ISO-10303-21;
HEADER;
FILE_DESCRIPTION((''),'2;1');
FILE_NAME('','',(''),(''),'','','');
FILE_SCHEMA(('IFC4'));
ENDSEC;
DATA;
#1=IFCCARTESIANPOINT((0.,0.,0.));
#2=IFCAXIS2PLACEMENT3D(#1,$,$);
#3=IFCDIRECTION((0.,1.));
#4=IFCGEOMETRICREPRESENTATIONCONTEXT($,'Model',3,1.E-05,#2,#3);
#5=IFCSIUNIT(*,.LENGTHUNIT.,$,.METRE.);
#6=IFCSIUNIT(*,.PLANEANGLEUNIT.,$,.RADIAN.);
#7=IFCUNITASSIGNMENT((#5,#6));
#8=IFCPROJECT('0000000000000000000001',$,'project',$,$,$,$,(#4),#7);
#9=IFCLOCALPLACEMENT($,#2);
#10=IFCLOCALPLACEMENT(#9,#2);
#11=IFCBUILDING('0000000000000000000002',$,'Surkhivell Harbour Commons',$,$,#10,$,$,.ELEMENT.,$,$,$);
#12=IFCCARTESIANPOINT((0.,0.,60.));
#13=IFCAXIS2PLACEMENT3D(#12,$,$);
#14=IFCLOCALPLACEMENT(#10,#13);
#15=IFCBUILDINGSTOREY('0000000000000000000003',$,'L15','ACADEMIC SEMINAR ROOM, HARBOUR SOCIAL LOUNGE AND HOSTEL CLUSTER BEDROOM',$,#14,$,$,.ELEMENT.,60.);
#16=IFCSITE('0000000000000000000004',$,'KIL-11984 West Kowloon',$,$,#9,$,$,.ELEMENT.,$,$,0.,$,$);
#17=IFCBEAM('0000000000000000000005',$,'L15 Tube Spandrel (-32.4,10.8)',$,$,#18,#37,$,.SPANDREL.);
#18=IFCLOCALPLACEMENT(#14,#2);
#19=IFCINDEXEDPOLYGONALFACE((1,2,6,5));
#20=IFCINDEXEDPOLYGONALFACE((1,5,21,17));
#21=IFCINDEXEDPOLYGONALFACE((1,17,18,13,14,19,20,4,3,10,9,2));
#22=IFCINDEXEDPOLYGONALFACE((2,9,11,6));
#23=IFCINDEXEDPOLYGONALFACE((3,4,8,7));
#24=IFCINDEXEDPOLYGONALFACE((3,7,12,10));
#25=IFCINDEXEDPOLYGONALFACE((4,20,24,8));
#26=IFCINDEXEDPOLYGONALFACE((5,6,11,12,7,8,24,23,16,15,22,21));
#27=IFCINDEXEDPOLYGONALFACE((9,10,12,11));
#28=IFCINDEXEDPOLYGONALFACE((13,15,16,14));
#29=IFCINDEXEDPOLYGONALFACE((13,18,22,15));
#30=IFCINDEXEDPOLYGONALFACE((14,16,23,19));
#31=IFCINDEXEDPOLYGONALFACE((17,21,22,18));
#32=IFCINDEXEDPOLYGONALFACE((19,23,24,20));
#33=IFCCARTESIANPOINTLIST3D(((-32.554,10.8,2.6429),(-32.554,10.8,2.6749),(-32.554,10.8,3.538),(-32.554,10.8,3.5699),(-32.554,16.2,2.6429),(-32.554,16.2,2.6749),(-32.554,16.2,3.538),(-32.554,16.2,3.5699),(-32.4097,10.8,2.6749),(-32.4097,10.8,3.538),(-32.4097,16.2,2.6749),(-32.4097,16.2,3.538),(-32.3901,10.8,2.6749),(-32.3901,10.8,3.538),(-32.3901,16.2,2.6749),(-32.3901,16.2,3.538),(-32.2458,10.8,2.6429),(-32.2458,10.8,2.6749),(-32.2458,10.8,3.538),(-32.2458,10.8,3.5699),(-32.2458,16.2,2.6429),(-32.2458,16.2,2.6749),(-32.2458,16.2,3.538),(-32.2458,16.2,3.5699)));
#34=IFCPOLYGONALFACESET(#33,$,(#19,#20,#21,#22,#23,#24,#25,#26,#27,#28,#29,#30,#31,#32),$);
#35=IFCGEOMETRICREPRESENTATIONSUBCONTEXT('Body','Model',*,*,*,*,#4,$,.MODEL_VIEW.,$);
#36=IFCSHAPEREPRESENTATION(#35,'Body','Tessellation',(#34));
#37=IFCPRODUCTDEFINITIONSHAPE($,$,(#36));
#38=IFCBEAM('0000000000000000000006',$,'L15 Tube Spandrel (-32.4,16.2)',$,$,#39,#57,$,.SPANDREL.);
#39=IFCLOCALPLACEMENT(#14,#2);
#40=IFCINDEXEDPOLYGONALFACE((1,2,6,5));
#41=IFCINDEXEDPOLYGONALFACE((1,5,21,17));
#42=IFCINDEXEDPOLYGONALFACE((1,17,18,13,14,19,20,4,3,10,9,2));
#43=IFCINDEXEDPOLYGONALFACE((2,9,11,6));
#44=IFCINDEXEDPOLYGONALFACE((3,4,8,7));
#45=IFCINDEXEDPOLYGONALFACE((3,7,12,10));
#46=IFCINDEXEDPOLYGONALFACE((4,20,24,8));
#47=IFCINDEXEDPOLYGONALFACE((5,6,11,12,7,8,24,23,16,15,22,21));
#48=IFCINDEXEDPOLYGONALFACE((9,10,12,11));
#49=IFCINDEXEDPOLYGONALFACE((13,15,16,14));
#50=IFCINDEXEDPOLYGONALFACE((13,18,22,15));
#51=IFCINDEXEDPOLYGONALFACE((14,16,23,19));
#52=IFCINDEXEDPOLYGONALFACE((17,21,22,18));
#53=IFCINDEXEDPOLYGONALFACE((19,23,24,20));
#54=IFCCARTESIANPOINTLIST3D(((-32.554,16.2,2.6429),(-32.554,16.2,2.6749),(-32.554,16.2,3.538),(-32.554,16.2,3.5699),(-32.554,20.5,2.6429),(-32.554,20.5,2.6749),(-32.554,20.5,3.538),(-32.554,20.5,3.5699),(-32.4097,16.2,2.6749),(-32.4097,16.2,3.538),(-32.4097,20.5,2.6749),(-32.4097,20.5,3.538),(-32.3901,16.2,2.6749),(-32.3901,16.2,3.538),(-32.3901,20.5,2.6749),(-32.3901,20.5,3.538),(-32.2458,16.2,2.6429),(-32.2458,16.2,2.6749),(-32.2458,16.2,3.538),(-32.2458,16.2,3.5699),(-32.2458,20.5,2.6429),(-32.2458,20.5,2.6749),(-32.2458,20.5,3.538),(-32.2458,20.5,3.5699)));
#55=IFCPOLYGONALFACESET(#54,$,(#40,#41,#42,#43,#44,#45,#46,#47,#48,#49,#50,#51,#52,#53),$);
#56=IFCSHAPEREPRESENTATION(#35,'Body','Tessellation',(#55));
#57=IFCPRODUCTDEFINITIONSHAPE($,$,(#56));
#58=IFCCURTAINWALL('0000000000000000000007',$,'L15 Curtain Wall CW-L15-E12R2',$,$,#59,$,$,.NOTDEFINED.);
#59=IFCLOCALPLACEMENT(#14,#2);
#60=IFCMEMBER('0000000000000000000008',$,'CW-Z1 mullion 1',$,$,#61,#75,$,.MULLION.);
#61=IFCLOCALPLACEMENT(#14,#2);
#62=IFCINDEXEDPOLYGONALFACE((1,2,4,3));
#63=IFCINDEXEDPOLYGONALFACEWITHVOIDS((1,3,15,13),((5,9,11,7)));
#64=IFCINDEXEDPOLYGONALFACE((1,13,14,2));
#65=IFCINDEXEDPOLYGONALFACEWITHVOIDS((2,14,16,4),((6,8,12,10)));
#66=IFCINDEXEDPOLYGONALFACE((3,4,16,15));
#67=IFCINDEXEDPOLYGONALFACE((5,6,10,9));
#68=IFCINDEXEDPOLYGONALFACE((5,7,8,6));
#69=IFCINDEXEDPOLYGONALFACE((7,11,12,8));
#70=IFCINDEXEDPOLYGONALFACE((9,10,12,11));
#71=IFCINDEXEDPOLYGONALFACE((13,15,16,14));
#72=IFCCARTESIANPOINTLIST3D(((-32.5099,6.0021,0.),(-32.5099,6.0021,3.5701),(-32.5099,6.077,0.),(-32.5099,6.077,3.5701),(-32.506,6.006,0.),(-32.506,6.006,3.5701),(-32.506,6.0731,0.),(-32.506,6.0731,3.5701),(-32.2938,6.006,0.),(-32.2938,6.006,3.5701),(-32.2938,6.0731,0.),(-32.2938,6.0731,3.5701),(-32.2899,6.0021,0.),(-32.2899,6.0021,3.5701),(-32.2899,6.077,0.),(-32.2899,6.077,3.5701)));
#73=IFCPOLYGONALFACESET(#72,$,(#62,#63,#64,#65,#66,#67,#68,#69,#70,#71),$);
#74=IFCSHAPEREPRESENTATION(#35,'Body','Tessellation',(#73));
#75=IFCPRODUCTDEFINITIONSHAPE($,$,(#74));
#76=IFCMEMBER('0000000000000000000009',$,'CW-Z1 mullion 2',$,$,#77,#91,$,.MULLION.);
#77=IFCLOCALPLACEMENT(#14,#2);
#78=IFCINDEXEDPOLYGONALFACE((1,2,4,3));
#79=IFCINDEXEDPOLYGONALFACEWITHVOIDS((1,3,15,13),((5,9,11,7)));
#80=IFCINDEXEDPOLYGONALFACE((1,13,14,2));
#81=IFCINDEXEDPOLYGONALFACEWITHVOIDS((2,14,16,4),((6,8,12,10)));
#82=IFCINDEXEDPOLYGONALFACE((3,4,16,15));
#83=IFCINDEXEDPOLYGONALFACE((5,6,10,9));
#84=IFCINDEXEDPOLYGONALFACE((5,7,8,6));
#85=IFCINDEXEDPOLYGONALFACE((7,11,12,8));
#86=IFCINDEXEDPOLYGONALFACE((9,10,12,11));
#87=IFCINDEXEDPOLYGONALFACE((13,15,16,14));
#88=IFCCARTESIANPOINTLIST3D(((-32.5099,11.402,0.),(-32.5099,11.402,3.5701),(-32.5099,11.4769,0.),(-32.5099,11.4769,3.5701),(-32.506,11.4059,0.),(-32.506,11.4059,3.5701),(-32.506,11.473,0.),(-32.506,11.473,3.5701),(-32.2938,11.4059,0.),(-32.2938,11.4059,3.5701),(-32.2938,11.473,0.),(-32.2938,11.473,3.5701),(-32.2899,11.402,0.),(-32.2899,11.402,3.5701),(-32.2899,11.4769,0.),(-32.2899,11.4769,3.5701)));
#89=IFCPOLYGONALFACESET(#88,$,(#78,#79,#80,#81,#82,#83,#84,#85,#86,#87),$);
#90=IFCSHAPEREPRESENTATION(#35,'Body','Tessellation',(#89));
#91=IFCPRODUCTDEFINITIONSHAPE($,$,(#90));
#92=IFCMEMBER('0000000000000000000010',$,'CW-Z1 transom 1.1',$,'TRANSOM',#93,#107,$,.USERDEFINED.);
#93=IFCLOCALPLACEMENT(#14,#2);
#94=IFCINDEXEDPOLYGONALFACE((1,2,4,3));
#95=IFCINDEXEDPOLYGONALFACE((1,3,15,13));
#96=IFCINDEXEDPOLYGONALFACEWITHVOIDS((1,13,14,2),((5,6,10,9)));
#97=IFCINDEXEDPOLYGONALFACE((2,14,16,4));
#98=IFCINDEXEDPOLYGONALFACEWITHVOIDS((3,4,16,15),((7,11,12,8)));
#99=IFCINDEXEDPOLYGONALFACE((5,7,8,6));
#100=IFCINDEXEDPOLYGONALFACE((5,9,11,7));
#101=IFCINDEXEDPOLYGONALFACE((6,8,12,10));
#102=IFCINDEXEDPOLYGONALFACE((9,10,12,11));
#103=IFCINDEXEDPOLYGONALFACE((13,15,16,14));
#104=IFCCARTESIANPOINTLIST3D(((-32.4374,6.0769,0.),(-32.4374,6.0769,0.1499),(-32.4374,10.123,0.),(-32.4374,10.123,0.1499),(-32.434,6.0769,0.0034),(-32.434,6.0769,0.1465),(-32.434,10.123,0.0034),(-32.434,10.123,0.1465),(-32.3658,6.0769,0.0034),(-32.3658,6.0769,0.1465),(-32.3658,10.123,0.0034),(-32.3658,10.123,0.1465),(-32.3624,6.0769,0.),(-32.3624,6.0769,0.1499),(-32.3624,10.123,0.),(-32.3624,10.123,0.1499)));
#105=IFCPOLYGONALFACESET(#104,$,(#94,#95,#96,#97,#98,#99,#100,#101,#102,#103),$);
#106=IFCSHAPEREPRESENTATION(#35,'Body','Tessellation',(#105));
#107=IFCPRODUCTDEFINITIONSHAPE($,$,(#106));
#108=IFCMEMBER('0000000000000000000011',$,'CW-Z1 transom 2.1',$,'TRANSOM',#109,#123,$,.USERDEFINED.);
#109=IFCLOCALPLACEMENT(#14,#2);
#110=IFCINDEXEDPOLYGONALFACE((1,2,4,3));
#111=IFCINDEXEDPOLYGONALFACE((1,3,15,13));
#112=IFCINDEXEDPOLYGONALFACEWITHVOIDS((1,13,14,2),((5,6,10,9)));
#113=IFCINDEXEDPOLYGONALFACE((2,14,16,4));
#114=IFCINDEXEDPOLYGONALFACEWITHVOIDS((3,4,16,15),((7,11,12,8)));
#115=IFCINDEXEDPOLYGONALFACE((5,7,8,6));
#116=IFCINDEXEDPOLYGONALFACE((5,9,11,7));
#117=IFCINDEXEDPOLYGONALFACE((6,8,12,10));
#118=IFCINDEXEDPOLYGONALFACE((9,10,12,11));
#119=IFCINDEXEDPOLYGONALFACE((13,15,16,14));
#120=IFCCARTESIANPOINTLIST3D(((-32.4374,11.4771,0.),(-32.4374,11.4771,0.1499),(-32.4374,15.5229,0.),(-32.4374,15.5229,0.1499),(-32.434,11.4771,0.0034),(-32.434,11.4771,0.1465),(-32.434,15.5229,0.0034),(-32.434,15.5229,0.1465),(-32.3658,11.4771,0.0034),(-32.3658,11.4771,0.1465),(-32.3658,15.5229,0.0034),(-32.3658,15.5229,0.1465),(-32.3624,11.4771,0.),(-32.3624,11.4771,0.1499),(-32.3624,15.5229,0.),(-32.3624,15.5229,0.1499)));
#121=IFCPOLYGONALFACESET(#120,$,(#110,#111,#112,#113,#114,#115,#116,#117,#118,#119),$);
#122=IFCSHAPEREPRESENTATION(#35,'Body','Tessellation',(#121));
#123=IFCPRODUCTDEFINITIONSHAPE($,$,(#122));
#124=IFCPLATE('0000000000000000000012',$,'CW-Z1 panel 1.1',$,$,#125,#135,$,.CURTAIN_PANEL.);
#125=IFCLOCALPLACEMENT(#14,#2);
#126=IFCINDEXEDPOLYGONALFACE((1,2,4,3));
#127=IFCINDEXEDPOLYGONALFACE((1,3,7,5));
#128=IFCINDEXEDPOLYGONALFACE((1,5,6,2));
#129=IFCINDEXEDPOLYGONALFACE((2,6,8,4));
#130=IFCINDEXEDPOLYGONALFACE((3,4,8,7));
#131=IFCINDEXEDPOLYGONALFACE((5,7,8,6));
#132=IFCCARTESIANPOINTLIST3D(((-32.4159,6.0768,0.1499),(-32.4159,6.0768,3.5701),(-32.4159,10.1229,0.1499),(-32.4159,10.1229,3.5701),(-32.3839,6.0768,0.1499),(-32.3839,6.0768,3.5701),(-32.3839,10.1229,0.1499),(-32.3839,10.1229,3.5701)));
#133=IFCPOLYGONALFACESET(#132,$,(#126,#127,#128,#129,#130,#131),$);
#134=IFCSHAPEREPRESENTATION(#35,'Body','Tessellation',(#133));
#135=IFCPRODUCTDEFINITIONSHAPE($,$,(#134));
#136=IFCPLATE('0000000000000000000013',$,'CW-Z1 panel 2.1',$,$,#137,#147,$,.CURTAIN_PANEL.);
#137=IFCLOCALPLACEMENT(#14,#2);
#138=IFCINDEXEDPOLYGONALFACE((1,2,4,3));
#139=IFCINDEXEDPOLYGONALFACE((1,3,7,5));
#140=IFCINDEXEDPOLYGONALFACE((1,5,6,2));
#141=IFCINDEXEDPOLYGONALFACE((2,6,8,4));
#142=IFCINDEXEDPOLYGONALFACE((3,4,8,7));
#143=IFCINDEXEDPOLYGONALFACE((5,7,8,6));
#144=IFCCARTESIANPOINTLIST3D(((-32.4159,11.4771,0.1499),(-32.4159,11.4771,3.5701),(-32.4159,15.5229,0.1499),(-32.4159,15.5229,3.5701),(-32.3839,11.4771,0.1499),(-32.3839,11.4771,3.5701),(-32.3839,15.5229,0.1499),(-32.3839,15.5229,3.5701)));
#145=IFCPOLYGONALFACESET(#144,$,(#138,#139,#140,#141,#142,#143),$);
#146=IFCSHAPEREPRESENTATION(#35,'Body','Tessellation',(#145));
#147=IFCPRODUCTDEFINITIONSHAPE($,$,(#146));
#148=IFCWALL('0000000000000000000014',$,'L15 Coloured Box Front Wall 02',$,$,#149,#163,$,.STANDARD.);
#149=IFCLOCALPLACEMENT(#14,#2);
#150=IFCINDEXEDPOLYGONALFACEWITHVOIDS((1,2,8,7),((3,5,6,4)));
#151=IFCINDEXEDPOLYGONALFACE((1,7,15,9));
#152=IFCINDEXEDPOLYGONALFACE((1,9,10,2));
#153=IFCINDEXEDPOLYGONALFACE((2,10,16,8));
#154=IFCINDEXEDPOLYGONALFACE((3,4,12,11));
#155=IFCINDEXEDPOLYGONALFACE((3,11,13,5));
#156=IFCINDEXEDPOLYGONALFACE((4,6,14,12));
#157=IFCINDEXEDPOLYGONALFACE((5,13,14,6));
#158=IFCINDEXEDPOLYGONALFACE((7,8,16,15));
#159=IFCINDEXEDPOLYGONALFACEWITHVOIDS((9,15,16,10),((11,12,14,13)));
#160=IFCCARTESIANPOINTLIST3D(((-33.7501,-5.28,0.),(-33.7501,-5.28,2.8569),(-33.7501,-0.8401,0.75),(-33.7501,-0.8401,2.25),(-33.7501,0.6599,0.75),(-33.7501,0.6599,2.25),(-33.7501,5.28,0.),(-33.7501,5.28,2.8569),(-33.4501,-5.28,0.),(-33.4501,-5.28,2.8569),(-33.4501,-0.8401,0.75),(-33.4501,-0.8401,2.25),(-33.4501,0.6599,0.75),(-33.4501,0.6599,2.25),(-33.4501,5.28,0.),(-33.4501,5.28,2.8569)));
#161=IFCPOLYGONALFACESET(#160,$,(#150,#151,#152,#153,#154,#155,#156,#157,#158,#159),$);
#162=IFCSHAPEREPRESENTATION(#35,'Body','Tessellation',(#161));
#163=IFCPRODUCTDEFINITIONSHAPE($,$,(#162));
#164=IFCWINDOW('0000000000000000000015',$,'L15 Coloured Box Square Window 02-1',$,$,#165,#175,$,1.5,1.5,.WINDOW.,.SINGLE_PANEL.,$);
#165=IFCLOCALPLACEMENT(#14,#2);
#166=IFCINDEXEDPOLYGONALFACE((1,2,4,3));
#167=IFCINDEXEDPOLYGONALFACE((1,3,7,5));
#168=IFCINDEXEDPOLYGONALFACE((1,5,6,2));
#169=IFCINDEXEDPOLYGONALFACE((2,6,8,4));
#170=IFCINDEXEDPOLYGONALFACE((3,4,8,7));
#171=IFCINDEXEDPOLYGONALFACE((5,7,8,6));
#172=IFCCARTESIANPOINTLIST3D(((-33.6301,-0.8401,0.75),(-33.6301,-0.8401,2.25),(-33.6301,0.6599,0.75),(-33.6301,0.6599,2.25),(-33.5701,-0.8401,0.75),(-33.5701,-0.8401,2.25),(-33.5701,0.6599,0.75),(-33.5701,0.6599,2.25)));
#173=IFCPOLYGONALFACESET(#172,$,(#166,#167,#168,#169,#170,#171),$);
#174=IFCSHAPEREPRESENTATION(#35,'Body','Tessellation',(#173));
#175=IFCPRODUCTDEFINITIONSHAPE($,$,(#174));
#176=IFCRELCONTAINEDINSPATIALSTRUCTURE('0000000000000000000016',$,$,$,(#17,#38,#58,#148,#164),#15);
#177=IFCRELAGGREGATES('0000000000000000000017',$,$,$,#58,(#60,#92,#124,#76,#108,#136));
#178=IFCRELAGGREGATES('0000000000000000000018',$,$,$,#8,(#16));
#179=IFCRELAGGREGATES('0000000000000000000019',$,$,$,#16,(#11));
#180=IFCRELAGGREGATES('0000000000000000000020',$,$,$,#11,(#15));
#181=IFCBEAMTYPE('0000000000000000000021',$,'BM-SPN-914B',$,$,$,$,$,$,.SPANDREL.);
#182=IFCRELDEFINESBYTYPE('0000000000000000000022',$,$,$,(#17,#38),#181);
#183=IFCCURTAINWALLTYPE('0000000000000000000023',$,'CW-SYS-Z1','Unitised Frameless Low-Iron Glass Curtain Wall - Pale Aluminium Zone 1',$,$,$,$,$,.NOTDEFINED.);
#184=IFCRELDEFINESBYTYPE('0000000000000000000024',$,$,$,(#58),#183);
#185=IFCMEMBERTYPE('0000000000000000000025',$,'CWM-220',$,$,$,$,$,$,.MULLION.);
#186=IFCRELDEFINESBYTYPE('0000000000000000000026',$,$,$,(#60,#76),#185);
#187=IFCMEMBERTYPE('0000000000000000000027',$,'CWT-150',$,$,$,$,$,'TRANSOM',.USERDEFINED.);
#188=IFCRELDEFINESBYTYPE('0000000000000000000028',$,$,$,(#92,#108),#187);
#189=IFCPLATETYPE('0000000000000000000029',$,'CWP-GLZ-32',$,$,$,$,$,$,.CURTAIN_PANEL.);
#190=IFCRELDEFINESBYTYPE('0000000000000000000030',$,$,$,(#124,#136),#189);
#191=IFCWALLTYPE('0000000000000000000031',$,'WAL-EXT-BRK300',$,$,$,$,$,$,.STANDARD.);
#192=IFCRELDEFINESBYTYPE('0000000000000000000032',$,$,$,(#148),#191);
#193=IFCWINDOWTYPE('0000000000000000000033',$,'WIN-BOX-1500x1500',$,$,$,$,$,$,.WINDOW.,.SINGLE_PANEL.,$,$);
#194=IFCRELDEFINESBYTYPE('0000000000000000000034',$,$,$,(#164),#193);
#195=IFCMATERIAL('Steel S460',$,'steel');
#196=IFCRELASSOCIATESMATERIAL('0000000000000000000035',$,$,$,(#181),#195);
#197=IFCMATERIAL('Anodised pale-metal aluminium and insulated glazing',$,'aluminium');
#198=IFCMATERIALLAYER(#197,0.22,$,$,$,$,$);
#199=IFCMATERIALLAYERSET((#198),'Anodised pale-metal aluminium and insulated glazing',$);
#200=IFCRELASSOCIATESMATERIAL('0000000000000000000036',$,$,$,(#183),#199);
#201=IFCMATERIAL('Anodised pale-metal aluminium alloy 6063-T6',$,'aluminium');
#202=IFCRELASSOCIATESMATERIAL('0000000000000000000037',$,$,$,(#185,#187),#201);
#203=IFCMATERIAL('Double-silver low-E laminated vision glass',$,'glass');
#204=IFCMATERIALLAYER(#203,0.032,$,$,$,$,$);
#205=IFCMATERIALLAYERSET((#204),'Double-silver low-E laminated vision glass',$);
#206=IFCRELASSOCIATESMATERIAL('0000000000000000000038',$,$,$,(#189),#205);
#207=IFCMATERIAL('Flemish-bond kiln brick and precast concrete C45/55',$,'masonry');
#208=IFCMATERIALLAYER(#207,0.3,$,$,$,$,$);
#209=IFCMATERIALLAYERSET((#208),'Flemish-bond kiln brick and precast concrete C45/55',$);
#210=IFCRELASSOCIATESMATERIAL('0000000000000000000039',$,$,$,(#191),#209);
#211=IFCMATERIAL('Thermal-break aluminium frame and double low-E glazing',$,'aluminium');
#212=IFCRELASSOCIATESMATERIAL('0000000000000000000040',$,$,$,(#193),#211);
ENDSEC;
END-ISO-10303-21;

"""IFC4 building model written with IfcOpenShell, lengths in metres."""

from ifc_helpers import new_model, si_unit, direction, frame, frame_2d, origin, origin_2d, place, context, subcontext, project, spatial, rectangle, hollow_rectangle, i_section, extrude, material, layer, layer_set, material_profile, profile_set, type_object, element, fill, aggregate, save


model = new_model("IFC4")

# Units and contexts
model_context = context("Model", 3, precision=1e-05, world=origin(), true_north=direction((0.0, 1.0)))
body_context = subcontext(model_context, "Body", "Model", "MODEL_VIEW")
ifc_project = project(units=[si_unit("LENGTHUNIT", "METRE"), si_unit("PLANEANGLEUNIT", "RADIAN")], contexts=[model_context])

# Site, building, storey
site_placement = place(None, origin())
site = spatial("IfcSite", under=ifc_project, at=site_placement, Name="KIL-11984 West Kowloon", CompositionType="ELEMENT", RefElevation=0.0)
building_placement = place(site_placement, origin())
building = spatial("IfcBuilding", under=site, at=building_placement, Name="Surkhivell Harbour Commons", CompositionType="ELEMENT")
storey_placement = place(building_placement, frame((0.0, 0.0, 60.0)))
storey = spatial("IfcBuildingStorey", under=building, at=storey_placement, Name="L15", Description="ACADEMIC SEMINAR ROOM, HARBOUR SOCIAL LOUNGE AND HOSTEL CLUSTER BEDROOM", CompositionType="ELEMENT", Elevation=60.0)

# Beams
ifc_material_1 = material(Name="Steel S460", Category="steel")
ifc_material_profile_1 = material_profile(ifc_material_1, i_section(OverallWidth=0.3081, OverallDepth=0.927, WebThickness=0.0195, FlangeThickness=0.032, at=origin_2d()), Name="UB914x305x289")
ifc_profile_set_1 = profile_set([ifc_material_profile_1], Name="Steel S460")
beam_type_1 = type_object("IfcBeamType", Name="BM-SPN-914B", PredefinedType="SPANDREL", material=ifc_profile_set_1)
beam_1_placement = place(storey_placement, frame((-32.3999, 10.8, 3.1064), z_axis=(0.0, 1.0, 0.0), x_axis=(-1.0, 0.0, 0.0)))
element("IfcBeam", 1, at=beam_1_placement, inside=storey, type_object=beam_type_1, Name="L15 Tube Spandrel (-32.4,10.8)", PredefinedType="SPANDREL", context=body_context, shape_type="SweptSolid", body=[
    extrude(i_section(OverallWidth=0.3081, OverallDepth=0.927, WebThickness=0.0195, FlangeThickness=0.032, at=origin_2d()), origin(), (0.0, 0.0, 1.0), 5.3999),
])
beam_2_placement = place(storey_placement, frame((-32.3999, 16.2, 3.1064), z_axis=(0.0, 1.0, 0.0), x_axis=(-1.0, 0.0, 0.0)))
element("IfcBeam", 2, at=beam_2_placement, inside=storey, type_object=beam_type_1, Name="L15 Tube Spandrel (-32.4,16.2)", PredefinedType="SPANDREL", context=body_context, shape_type="SweptSolid", body=[
    extrude(i_section(OverallWidth=0.3081, OverallDepth=0.927, WebThickness=0.0195, FlangeThickness=0.032, at=origin_2d()), origin(), (0.0, 0.0, 1.0), 4.3),
])

# Curtain wall, members, plates
ifc_material_2 = material(Name="Anodised pale-metal aluminium and insulated glazing", Category="aluminium")
ifc_layer_1 = layer(ifc_material_2, 0.22)
ifc_layer_set_1 = layer_set([ifc_layer_1], Name="Anodised pale-metal aluminium and insulated glazing")
curtain_wall_type = type_object("IfcCurtainWallType", Name="CW-SYS-Z1", Description="Unitised Frameless Low-Iron Glass Curtain Wall - Pale Aluminium Zone 1", PredefinedType="NOTDEFINED", material=ifc_layer_set_1)
curtain_wall_placement = place(storey_placement, origin())
curtain_wall = element("IfcCurtainWall", 3, at=curtain_wall_placement, inside=storey, type_object=curtain_wall_type, Name="L15 Curtain Wall CW-L15-E12R2", PredefinedType="NOTDEFINED")
ifc_material_3 = material(Name="Anodised pale-metal aluminium alloy 6063-T6", Category="aluminium")
ifc_material_profile_2 = material_profile(ifc_material_3, hollow_rectangle(XDim=0.075, YDim=0.22, WallThickness=0.0039, at=origin_2d()), Name="ALU-MULL-75x220")
ifc_profile_set_2 = profile_set([ifc_material_profile_2], Name="Anodised pale-metal aluminium alloy 6063-T6")
member_type_1 = type_object("IfcMemberType", Name="CWM-220", PredefinedType="MULLION", material=ifc_profile_set_2)
member_1_placement = place(storey_placement, frame((-32.3999, 6.0396, 0.0), z_axis=(0.0, 0.0, 1.0), x_axis=(0.0, 1.0, 0.0)))
member_1 = element("IfcMember", 4, at=member_1_placement, type_object=member_type_1, Name="CW-Z1 mullion 1", PredefinedType="MULLION", context=body_context, shape_type="SweptSolid", body=[
    extrude(hollow_rectangle(XDim=0.075, YDim=0.22, WallThickness=0.0039, at=origin_2d()), origin(), (0.0, 0.0, 1.0), 3.5701),
])
member_2_placement = place(storey_placement, frame((-32.3999, 11.4395, 0.0), z_axis=(0.0, 0.0, 1.0), x_axis=(0.0, 1.0, 0.0)))
member_2 = element("IfcMember", 5, at=member_2_placement, type_object=member_type_1, Name="CW-Z1 mullion 2", PredefinedType="MULLION", context=body_context, shape_type="SweptSolid", body=[
    extrude(hollow_rectangle(XDim=0.075, YDim=0.22, WallThickness=0.0039, at=origin_2d()), origin(), (0.0, 0.0, 1.0), 3.5701),
])
ifc_material_profile_3 = material_profile(ifc_material_3, hollow_rectangle(XDim=0.075, YDim=0.1499, WallThickness=0.0034, at=origin_2d()), Name="ALU-TRAN-75x150")
ifc_profile_set_3 = profile_set([ifc_material_profile_3], Name="Anodised pale-metal aluminium alloy 6063-T6")
member_type_2 = type_object("IfcMemberType", Name="CWT-150", ElementType="TRANSOM", PredefinedType="USERDEFINED", material=ifc_profile_set_3)
member_3_placement = place(storey_placement, frame((-32.3999, 6.0769, 0.075), z_axis=(0.0, 1.0, 0.0), x_axis=(-1.0, 0.0, 0.0)))
member_3 = element("IfcMember", 6, at=member_3_placement, type_object=member_type_2, Name="CW-Z1 transom 1.1", ObjectType="TRANSOM", PredefinedType="USERDEFINED", context=body_context, shape_type="SweptSolid", body=[
    extrude(hollow_rectangle(XDim=0.075, YDim=0.1499, WallThickness=0.0034, at=origin_2d()), origin(), (0.0, 0.0, 1.0), 4.0461),
])
member_4_placement = place(storey_placement, frame((-32.3999, 11.4771, 0.075), z_axis=(0.0, 1.0, 0.0), x_axis=(-1.0, 0.0, 0.0)))
member_4 = element("IfcMember", 7, at=member_4_placement, type_object=member_type_2, Name="CW-Z1 transom 2.1", ObjectType="TRANSOM", PredefinedType="USERDEFINED", context=body_context, shape_type="SweptSolid", body=[
    extrude(hollow_rectangle(XDim=0.075, YDim=0.1499, WallThickness=0.0034, at=origin_2d()), origin(), (0.0, 0.0, 1.0), 4.0459),
])
ifc_material_4 = material(Name="Double-silver low-E laminated vision glass", Category="glass")
ifc_layer_2 = layer(ifc_material_4, 0.032)
ifc_layer_set_2 = layer_set([ifc_layer_2], Name="Double-silver low-E laminated vision glass")
plate_type = type_object("IfcPlateType", Name="CWP-GLZ-32", PredefinedType="CURTAIN_PANEL", material=ifc_layer_set_2)
plate_1_placement = place(storey_placement, frame((-32.3999, 6.0769, 0.1499), z_axis=(0.0, 0.0, 1.0), x_axis=(0.0, 1.0, 0.0)))
plate_1 = element("IfcPlate", 8, at=plate_1_placement, type_object=plate_type, Name="CW-Z1 panel 1.1", PredefinedType="CURTAIN_PANEL", context=body_context, shape_type="SweptSolid", body=[
    extrude(rectangle(XDim=4.0461, YDim=0.032, at=frame_2d((2.0229, 0.0))), origin(), (0.0, 0.0, 1.0), 3.4202),
])
plate_2_placement = place(storey_placement, frame((-32.3999, 11.4771, 0.1499), z_axis=(0.0, 0.0, 1.0), x_axis=(0.0, 1.0, 0.0)))
plate_2 = element("IfcPlate", 9, at=plate_2_placement, type_object=plate_type, Name="CW-Z1 panel 2.1", PredefinedType="CURTAIN_PANEL", context=body_context, shape_type="SweptSolid", body=[
    extrude(rectangle(XDim=4.0459, YDim=0.032, at=frame_2d((2.0229, 0.0))), origin(), (0.0, 0.0, 1.0), 3.4202),
])
aggregate(curtain_wall, [member_1, member_3, plate_1, member_2, member_4, plate_2])

# Wall, opening, window
ifc_material_5 = material(Name="Flemish-bond kiln brick and precast concrete C45/55", Category="masonry")
ifc_layer_3 = layer(ifc_material_5, 0.3)
ifc_layer_set_3 = layer_set([ifc_layer_3], Name="Flemish-bond kiln brick and precast concrete C45/55")
wall_type_1 = type_object("IfcWallType", Name="WAL-EXT-BRK300", PredefinedType="STANDARD", material=ifc_layer_set_3)
wall_1_placement = place(storey_placement, frame((-33.6001, 5.28, 0.0), z_axis=(0.0, 0.0, 1.0), x_axis=(0.0, -1.0, 0.0)))
wall_1 = element("IfcWall", 10, at=wall_1_placement, inside=storey, type_object=wall_type_1, Name="L15 Coloured Box Front Wall 02", PredefinedType="STANDARD", context=body_context, shape_type="SweptSolid", body=[
    extrude(rectangle(XDim=10.5601, YDim=0.3, at=frame_2d((5.28, 0.0))), origin(), (0.0, 0.0, 1.0), 2.8569),
])
opening_placement = place(wall_1_placement, frame((4.6201, 0.0, 0.75)))
opening = element("IfcOpeningElement", 11, at=opening_placement, cuts=wall_1, PredefinedType="OPENING", context=body_context, shape_type="SweptSolid", body=[
    extrude(rectangle(XDim=1.5, YDim=1.5, at=frame_2d((0.75, 0.75))), frame((0.0, 0.1599, 0.0), z_axis=(0.0, -1.0, 0.0), x_axis=(1.0, 0.0, 0.0)), (0.0, 0.0, 1.0), 0.3201),
])
ifc_material_6 = material(Name="Thermal-break aluminium frame and double low-E glazing", Category="aluminium")
window_type = type_object("IfcWindowType", Name="WIN-BOX-1500x1500", PartitioningType="SINGLE_PANEL", PredefinedType="WINDOW", material=ifc_material_6)
window_placement = place(opening_placement, origin())
window = element("IfcWindow", 12, at=window_placement, inside=storey, type_object=window_type, Name="L15 Coloured Box Square Window 02-1", OverallHeight=1.5, OverallWidth=1.5, PartitioningType="SINGLE_PANEL", PredefinedType="WINDOW", context=body_context, shape_type="SweptSolid", body=[
    extrude(rectangle(XDim=1.5, YDim=1.5, at=frame_2d((0.75, 0.75))), frame((0.0, 0.03, 0.0), z_axis=(0.0, -1.0, 0.0), x_axis=(1.0, 0.0, 0.0)), (0.0, 0.0, 1.0), 0.0601),
])
fill(opening, window)

save(model, "model.ifc")
